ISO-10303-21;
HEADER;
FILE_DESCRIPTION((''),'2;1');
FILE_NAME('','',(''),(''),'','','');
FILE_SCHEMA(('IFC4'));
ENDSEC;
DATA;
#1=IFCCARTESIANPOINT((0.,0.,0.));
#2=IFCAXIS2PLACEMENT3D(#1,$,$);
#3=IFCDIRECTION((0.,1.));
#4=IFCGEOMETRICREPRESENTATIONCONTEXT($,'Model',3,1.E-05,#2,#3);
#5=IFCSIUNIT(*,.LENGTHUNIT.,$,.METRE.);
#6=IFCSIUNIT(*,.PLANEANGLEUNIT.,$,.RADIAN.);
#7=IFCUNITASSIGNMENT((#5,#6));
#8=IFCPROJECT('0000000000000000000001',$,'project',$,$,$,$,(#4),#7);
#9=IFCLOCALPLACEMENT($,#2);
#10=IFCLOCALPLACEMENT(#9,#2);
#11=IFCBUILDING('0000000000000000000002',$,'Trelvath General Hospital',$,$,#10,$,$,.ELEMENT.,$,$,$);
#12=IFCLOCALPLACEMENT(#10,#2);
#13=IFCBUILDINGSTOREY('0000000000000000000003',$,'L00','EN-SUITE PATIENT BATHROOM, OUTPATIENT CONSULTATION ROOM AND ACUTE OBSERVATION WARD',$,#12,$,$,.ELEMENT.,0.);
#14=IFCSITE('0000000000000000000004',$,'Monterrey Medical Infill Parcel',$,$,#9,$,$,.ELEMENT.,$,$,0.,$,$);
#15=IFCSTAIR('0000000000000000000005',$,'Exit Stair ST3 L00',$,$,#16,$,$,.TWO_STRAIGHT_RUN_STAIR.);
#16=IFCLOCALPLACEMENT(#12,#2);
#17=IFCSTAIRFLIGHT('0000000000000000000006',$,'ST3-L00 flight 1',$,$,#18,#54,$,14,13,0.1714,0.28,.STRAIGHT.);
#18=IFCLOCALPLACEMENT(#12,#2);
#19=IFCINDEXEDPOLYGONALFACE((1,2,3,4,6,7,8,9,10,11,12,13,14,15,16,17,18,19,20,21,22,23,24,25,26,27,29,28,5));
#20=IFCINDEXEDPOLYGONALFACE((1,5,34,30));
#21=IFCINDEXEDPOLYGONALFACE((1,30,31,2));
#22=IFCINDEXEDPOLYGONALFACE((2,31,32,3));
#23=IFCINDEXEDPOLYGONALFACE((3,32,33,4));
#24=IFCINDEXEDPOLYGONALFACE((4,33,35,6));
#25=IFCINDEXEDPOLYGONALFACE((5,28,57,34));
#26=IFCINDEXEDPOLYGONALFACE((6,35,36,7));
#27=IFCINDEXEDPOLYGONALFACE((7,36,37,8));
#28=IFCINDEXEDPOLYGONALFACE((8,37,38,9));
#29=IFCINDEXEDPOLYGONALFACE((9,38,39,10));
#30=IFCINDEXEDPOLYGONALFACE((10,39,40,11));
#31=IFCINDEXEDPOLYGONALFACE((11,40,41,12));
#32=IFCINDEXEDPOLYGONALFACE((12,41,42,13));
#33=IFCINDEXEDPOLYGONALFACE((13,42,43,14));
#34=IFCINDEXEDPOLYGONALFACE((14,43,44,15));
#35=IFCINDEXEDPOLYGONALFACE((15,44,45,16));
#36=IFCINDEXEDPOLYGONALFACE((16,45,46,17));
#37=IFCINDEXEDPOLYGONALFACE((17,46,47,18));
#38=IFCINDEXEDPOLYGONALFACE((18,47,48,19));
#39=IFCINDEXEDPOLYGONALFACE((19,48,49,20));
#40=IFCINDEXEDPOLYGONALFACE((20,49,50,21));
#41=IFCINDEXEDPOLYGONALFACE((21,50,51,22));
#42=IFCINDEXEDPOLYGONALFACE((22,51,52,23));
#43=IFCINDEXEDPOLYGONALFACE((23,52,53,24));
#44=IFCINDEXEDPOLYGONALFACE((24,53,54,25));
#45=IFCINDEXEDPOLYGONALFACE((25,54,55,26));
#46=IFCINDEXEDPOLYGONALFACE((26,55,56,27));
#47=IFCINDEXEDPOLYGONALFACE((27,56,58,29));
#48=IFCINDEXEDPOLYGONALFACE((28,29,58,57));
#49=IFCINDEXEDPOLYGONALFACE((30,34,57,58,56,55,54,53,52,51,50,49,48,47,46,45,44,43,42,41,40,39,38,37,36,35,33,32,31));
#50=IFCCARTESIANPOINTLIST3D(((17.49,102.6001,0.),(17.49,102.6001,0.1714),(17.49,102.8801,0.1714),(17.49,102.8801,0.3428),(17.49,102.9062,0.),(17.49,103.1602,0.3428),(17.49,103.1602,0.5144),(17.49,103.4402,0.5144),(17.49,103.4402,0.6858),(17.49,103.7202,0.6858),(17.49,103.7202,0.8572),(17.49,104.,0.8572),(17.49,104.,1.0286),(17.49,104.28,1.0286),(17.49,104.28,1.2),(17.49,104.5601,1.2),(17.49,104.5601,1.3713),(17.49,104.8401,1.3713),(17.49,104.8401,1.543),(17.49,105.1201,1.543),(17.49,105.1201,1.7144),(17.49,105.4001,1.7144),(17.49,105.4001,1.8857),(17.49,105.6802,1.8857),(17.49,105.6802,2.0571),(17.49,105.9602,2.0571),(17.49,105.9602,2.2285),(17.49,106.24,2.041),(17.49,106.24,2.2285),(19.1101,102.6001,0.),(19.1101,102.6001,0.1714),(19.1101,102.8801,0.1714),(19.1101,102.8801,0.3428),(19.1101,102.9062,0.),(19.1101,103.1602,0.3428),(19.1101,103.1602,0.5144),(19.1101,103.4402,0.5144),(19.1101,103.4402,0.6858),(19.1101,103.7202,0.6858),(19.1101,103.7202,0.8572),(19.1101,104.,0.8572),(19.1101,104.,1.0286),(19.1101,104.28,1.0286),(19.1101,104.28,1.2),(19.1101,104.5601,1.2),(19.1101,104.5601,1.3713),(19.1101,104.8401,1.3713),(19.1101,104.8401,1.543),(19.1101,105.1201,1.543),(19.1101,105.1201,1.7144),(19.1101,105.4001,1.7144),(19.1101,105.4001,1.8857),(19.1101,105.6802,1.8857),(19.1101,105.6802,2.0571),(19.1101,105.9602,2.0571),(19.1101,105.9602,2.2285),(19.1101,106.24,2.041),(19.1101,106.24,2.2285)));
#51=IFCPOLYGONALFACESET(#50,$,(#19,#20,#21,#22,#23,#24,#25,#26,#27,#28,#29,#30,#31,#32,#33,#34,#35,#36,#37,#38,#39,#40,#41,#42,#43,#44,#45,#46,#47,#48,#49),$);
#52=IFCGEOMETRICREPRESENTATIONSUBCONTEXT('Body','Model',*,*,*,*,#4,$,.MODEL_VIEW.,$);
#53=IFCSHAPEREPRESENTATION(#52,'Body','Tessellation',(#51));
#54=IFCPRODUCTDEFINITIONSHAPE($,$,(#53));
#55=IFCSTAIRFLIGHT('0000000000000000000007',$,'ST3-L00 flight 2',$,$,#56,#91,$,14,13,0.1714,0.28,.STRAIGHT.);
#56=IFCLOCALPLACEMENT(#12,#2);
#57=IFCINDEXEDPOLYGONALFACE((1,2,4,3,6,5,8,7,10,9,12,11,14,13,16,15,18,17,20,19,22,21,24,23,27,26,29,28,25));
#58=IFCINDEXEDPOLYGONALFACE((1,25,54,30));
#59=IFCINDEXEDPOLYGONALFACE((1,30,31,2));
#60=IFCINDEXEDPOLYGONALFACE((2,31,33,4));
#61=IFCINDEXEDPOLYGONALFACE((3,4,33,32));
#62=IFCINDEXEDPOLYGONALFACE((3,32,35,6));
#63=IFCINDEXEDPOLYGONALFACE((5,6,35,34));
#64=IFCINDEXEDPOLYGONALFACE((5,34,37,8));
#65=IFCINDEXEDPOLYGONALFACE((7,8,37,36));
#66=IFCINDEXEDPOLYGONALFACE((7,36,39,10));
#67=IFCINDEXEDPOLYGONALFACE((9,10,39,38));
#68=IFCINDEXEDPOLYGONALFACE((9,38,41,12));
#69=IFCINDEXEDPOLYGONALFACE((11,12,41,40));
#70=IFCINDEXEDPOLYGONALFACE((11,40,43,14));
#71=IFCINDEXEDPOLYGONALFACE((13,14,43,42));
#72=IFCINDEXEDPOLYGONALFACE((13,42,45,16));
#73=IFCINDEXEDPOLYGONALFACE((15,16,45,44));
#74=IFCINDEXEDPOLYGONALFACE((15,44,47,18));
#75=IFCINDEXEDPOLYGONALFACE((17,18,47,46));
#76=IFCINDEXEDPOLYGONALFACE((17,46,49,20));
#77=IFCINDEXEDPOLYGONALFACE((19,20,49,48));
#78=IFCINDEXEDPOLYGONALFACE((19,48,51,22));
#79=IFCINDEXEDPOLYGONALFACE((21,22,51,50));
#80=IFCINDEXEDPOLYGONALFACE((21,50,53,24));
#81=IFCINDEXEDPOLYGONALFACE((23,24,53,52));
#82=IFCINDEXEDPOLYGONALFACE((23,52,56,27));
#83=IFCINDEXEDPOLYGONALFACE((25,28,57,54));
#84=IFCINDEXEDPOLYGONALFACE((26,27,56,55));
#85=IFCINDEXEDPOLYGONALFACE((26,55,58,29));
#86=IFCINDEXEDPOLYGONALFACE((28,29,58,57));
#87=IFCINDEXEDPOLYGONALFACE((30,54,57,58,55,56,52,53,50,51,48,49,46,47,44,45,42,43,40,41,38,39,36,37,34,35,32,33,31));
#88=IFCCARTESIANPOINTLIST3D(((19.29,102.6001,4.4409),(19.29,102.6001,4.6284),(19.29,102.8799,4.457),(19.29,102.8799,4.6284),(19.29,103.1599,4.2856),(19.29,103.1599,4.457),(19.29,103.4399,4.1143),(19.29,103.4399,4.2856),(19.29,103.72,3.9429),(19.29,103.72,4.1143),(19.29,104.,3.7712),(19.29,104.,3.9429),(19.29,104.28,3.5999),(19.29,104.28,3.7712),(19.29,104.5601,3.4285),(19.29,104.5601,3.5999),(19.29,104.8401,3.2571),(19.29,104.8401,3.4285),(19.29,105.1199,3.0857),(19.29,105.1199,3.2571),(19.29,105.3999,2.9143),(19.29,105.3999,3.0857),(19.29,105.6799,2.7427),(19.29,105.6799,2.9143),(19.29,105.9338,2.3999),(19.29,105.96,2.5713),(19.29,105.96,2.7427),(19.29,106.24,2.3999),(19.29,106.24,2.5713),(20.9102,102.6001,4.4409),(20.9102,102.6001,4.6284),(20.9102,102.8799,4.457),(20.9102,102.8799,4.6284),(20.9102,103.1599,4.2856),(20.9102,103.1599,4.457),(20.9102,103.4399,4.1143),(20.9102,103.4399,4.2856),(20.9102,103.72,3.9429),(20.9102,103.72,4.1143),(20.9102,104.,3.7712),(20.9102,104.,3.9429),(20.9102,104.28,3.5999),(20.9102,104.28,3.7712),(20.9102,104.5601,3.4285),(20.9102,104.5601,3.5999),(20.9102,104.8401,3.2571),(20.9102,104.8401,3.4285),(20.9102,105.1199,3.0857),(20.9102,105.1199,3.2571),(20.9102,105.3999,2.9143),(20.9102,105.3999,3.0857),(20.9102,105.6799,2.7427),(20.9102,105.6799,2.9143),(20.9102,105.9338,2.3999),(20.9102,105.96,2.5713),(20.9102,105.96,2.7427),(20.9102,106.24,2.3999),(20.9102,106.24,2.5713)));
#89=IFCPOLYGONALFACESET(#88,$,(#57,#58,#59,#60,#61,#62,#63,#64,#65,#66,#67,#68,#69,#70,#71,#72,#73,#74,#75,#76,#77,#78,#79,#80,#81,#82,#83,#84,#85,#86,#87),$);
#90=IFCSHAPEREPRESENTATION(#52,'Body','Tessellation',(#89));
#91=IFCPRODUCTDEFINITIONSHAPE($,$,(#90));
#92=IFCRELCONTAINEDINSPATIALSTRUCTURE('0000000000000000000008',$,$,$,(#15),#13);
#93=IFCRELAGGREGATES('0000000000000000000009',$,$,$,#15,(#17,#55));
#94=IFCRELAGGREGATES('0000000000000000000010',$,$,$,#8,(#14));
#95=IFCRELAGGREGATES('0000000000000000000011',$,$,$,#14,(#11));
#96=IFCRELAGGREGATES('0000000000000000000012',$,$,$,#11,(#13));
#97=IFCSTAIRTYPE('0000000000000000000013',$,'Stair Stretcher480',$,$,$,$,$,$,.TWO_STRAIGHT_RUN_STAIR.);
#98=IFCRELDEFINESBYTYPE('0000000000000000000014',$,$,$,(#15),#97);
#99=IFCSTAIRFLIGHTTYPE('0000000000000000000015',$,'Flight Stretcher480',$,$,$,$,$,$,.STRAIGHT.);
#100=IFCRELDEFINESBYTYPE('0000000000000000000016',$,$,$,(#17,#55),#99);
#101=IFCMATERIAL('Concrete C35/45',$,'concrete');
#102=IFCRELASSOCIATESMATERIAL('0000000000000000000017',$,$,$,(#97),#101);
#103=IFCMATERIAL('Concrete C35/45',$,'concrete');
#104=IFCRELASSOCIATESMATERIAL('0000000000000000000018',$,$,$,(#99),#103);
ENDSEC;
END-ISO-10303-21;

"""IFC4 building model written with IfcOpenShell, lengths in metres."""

from ifc_helpers import new_model, si_unit, direction, frame, origin, place, context, subcontext, project, spatial, polyline, outline, extrude, material, type_object, element, aggregate, save


model = new_model("IFC4")

# Units and contexts
model_context = context("Model", 3, precision=1e-05, world=origin(), true_north=direction((0.0, 1.0)))
body_context = subcontext(model_context, "Body", "Model", "MODEL_VIEW")
ifc_project = project(units=[si_unit("LENGTHUNIT", "METRE"), si_unit("PLANEANGLEUNIT", "RADIAN")], contexts=[model_context])

# Site, building, storey
site_placement = place(None, origin())
site = spatial("IfcSite", under=ifc_project, at=site_placement, Name="Monterrey Medical Infill Parcel", CompositionType="ELEMENT", RefElevation=0.0)
building_placement = place(site_placement, origin())
building = spatial("IfcBuilding", under=site, at=building_placement, Name="Trelvath General Hospital", CompositionType="ELEMENT")
storey_placement = place(building_placement, origin())
storey = spatial("IfcBuildingStorey", under=building, at=storey_placement, Name="L00", Description="EN-SUITE PATIENT BATHROOM, OUTPATIENT CONSULTATION ROOM AND ACUTE OBSERVATION WARD", CompositionType="ELEMENT", Elevation=0.0)

# Stair, stair flights
ifc_material_1 = material(Name="Concrete C35/45", Category="concrete")
stair_type = type_object("IfcStairType", Name="Stair Stretcher480", PredefinedType="TWO_STRAIGHT_RUN_STAIR", material=ifc_material_1)
stair_placement = place(storey_placement, origin())
stair = element("IfcStair", 1, at=stair_placement, inside=storey, type_object=stair_type, Name="Exit Stair ST3 L00", PredefinedType="TWO_STRAIGHT_RUN_STAIR")
ifc_material_2 = material(Name="Concrete C35/45", Category="concrete")
stair_flight_type = type_object("IfcStairFlightType", Name="Flight Stretcher480", PredefinedType="STRAIGHT", material=ifc_material_2)
stair_flight_1_placement = place(storey_placement, frame((18.3, 102.6001, 0.0), z_axis=(0.0, 0.0, 1.0), x_axis=(0.0, 1.0, 0.0)))
stair_flight_1 = element("IfcStairFlight", 2, at=stair_flight_1_placement, type_object=stair_flight_type, Name="ST3-L00 flight 1", NumberOfRisers=14, NumberOfTreads=13, PredefinedType="STRAIGHT", RiserHeight=0.1714, TreadLength=0.28, context=body_context, shape_type="SweptSolid", body=[
    extrude(outline(polyline([(0.0, 0.0), (0.0, 0.1714), (0.28, 0.1714), (0.28, 0.3428), (0.5601, 0.3428), (0.5601, 0.5144), (0.8401, 0.5144), (0.8401, 0.6858), (1.1201, 0.6858), (1.1201, 0.8572), (1.3999, 0.8572), (1.3999, 1.0286), (1.6799, 1.0286), (1.6799, 1.2), (1.96, 1.2), (1.96, 1.3713), (2.24, 1.3713), (2.24, 1.543), (2.52, 1.543), (2.52, 1.7144), (2.8, 1.7144), (2.8, 1.8857), (3.0801, 1.8857), (3.0801, 2.0571), (3.3601, 2.0571), (3.3601, 2.2285), (3.6399, 2.2285), (3.6399, 2.3999), (3.6399, 2.041), (0.3062, 0.0), (0.0, 0.0)])), frame((0.0, 0.8101, 0.0), z_axis=(0.0, -1.0, 0.0), x_axis=(1.0, 0.0, 0.0)), (0.0, 0.0, 1.0), 1.6201),
])
stair_flight_2_placement = place(storey_placement, frame((20.1001, 106.24, 2.3999), z_axis=(0.0, 0.0, 1.0), x_axis=(0.0, -1.0, 0.0)))
stair_flight_2 = element("IfcStairFlight", 3, at=stair_flight_2_placement, type_object=stair_flight_type, Name="ST3-L00 flight 2", NumberOfRisers=14, NumberOfTreads=13, PredefinedType="STRAIGHT", RiserHeight=0.1714, TreadLength=0.28, context=body_context, shape_type="SweptSolid", body=[
    extrude(outline(polyline([(0.0, 0.0), (0.0, 0.1714), (0.28, 0.1714), (0.28, 0.3428), (0.5601, 0.3428), (0.5601, 0.5144), (0.8401, 0.5144), (0.8401, 0.6858), (1.1201, 0.6858), (1.1201, 0.8572), (1.3999, 0.8572), (1.3999, 1.0286), (1.6799, 1.0286), (1.6799, 1.2), (1.96, 1.2), (1.96, 1.3713), (2.24, 1.3713), (2.24, 1.543), (2.52, 1.543), (2.52, 1.7144), (2.8, 1.7144), (2.8, 1.8857), (3.0801, 1.8857), (3.0801, 2.0571), (3.3601, 2.0571), (3.3601, 2.2285), (3.6399, 2.2285), (3.6399, 2.3999), (3.6399, 2.041), (0.3062, 0.0), (0.0, 0.0)])), frame((0.0, 0.8101, 0.0), z_axis=(0.0, -1.0, 0.0), x_axis=(1.0, 0.0, 0.0)), (0.0, 0.0, 1.0), 1.6201),
])
aggregate(stair, [stair_flight_1, stair_flight_2])

save(model, "model.ifc")
